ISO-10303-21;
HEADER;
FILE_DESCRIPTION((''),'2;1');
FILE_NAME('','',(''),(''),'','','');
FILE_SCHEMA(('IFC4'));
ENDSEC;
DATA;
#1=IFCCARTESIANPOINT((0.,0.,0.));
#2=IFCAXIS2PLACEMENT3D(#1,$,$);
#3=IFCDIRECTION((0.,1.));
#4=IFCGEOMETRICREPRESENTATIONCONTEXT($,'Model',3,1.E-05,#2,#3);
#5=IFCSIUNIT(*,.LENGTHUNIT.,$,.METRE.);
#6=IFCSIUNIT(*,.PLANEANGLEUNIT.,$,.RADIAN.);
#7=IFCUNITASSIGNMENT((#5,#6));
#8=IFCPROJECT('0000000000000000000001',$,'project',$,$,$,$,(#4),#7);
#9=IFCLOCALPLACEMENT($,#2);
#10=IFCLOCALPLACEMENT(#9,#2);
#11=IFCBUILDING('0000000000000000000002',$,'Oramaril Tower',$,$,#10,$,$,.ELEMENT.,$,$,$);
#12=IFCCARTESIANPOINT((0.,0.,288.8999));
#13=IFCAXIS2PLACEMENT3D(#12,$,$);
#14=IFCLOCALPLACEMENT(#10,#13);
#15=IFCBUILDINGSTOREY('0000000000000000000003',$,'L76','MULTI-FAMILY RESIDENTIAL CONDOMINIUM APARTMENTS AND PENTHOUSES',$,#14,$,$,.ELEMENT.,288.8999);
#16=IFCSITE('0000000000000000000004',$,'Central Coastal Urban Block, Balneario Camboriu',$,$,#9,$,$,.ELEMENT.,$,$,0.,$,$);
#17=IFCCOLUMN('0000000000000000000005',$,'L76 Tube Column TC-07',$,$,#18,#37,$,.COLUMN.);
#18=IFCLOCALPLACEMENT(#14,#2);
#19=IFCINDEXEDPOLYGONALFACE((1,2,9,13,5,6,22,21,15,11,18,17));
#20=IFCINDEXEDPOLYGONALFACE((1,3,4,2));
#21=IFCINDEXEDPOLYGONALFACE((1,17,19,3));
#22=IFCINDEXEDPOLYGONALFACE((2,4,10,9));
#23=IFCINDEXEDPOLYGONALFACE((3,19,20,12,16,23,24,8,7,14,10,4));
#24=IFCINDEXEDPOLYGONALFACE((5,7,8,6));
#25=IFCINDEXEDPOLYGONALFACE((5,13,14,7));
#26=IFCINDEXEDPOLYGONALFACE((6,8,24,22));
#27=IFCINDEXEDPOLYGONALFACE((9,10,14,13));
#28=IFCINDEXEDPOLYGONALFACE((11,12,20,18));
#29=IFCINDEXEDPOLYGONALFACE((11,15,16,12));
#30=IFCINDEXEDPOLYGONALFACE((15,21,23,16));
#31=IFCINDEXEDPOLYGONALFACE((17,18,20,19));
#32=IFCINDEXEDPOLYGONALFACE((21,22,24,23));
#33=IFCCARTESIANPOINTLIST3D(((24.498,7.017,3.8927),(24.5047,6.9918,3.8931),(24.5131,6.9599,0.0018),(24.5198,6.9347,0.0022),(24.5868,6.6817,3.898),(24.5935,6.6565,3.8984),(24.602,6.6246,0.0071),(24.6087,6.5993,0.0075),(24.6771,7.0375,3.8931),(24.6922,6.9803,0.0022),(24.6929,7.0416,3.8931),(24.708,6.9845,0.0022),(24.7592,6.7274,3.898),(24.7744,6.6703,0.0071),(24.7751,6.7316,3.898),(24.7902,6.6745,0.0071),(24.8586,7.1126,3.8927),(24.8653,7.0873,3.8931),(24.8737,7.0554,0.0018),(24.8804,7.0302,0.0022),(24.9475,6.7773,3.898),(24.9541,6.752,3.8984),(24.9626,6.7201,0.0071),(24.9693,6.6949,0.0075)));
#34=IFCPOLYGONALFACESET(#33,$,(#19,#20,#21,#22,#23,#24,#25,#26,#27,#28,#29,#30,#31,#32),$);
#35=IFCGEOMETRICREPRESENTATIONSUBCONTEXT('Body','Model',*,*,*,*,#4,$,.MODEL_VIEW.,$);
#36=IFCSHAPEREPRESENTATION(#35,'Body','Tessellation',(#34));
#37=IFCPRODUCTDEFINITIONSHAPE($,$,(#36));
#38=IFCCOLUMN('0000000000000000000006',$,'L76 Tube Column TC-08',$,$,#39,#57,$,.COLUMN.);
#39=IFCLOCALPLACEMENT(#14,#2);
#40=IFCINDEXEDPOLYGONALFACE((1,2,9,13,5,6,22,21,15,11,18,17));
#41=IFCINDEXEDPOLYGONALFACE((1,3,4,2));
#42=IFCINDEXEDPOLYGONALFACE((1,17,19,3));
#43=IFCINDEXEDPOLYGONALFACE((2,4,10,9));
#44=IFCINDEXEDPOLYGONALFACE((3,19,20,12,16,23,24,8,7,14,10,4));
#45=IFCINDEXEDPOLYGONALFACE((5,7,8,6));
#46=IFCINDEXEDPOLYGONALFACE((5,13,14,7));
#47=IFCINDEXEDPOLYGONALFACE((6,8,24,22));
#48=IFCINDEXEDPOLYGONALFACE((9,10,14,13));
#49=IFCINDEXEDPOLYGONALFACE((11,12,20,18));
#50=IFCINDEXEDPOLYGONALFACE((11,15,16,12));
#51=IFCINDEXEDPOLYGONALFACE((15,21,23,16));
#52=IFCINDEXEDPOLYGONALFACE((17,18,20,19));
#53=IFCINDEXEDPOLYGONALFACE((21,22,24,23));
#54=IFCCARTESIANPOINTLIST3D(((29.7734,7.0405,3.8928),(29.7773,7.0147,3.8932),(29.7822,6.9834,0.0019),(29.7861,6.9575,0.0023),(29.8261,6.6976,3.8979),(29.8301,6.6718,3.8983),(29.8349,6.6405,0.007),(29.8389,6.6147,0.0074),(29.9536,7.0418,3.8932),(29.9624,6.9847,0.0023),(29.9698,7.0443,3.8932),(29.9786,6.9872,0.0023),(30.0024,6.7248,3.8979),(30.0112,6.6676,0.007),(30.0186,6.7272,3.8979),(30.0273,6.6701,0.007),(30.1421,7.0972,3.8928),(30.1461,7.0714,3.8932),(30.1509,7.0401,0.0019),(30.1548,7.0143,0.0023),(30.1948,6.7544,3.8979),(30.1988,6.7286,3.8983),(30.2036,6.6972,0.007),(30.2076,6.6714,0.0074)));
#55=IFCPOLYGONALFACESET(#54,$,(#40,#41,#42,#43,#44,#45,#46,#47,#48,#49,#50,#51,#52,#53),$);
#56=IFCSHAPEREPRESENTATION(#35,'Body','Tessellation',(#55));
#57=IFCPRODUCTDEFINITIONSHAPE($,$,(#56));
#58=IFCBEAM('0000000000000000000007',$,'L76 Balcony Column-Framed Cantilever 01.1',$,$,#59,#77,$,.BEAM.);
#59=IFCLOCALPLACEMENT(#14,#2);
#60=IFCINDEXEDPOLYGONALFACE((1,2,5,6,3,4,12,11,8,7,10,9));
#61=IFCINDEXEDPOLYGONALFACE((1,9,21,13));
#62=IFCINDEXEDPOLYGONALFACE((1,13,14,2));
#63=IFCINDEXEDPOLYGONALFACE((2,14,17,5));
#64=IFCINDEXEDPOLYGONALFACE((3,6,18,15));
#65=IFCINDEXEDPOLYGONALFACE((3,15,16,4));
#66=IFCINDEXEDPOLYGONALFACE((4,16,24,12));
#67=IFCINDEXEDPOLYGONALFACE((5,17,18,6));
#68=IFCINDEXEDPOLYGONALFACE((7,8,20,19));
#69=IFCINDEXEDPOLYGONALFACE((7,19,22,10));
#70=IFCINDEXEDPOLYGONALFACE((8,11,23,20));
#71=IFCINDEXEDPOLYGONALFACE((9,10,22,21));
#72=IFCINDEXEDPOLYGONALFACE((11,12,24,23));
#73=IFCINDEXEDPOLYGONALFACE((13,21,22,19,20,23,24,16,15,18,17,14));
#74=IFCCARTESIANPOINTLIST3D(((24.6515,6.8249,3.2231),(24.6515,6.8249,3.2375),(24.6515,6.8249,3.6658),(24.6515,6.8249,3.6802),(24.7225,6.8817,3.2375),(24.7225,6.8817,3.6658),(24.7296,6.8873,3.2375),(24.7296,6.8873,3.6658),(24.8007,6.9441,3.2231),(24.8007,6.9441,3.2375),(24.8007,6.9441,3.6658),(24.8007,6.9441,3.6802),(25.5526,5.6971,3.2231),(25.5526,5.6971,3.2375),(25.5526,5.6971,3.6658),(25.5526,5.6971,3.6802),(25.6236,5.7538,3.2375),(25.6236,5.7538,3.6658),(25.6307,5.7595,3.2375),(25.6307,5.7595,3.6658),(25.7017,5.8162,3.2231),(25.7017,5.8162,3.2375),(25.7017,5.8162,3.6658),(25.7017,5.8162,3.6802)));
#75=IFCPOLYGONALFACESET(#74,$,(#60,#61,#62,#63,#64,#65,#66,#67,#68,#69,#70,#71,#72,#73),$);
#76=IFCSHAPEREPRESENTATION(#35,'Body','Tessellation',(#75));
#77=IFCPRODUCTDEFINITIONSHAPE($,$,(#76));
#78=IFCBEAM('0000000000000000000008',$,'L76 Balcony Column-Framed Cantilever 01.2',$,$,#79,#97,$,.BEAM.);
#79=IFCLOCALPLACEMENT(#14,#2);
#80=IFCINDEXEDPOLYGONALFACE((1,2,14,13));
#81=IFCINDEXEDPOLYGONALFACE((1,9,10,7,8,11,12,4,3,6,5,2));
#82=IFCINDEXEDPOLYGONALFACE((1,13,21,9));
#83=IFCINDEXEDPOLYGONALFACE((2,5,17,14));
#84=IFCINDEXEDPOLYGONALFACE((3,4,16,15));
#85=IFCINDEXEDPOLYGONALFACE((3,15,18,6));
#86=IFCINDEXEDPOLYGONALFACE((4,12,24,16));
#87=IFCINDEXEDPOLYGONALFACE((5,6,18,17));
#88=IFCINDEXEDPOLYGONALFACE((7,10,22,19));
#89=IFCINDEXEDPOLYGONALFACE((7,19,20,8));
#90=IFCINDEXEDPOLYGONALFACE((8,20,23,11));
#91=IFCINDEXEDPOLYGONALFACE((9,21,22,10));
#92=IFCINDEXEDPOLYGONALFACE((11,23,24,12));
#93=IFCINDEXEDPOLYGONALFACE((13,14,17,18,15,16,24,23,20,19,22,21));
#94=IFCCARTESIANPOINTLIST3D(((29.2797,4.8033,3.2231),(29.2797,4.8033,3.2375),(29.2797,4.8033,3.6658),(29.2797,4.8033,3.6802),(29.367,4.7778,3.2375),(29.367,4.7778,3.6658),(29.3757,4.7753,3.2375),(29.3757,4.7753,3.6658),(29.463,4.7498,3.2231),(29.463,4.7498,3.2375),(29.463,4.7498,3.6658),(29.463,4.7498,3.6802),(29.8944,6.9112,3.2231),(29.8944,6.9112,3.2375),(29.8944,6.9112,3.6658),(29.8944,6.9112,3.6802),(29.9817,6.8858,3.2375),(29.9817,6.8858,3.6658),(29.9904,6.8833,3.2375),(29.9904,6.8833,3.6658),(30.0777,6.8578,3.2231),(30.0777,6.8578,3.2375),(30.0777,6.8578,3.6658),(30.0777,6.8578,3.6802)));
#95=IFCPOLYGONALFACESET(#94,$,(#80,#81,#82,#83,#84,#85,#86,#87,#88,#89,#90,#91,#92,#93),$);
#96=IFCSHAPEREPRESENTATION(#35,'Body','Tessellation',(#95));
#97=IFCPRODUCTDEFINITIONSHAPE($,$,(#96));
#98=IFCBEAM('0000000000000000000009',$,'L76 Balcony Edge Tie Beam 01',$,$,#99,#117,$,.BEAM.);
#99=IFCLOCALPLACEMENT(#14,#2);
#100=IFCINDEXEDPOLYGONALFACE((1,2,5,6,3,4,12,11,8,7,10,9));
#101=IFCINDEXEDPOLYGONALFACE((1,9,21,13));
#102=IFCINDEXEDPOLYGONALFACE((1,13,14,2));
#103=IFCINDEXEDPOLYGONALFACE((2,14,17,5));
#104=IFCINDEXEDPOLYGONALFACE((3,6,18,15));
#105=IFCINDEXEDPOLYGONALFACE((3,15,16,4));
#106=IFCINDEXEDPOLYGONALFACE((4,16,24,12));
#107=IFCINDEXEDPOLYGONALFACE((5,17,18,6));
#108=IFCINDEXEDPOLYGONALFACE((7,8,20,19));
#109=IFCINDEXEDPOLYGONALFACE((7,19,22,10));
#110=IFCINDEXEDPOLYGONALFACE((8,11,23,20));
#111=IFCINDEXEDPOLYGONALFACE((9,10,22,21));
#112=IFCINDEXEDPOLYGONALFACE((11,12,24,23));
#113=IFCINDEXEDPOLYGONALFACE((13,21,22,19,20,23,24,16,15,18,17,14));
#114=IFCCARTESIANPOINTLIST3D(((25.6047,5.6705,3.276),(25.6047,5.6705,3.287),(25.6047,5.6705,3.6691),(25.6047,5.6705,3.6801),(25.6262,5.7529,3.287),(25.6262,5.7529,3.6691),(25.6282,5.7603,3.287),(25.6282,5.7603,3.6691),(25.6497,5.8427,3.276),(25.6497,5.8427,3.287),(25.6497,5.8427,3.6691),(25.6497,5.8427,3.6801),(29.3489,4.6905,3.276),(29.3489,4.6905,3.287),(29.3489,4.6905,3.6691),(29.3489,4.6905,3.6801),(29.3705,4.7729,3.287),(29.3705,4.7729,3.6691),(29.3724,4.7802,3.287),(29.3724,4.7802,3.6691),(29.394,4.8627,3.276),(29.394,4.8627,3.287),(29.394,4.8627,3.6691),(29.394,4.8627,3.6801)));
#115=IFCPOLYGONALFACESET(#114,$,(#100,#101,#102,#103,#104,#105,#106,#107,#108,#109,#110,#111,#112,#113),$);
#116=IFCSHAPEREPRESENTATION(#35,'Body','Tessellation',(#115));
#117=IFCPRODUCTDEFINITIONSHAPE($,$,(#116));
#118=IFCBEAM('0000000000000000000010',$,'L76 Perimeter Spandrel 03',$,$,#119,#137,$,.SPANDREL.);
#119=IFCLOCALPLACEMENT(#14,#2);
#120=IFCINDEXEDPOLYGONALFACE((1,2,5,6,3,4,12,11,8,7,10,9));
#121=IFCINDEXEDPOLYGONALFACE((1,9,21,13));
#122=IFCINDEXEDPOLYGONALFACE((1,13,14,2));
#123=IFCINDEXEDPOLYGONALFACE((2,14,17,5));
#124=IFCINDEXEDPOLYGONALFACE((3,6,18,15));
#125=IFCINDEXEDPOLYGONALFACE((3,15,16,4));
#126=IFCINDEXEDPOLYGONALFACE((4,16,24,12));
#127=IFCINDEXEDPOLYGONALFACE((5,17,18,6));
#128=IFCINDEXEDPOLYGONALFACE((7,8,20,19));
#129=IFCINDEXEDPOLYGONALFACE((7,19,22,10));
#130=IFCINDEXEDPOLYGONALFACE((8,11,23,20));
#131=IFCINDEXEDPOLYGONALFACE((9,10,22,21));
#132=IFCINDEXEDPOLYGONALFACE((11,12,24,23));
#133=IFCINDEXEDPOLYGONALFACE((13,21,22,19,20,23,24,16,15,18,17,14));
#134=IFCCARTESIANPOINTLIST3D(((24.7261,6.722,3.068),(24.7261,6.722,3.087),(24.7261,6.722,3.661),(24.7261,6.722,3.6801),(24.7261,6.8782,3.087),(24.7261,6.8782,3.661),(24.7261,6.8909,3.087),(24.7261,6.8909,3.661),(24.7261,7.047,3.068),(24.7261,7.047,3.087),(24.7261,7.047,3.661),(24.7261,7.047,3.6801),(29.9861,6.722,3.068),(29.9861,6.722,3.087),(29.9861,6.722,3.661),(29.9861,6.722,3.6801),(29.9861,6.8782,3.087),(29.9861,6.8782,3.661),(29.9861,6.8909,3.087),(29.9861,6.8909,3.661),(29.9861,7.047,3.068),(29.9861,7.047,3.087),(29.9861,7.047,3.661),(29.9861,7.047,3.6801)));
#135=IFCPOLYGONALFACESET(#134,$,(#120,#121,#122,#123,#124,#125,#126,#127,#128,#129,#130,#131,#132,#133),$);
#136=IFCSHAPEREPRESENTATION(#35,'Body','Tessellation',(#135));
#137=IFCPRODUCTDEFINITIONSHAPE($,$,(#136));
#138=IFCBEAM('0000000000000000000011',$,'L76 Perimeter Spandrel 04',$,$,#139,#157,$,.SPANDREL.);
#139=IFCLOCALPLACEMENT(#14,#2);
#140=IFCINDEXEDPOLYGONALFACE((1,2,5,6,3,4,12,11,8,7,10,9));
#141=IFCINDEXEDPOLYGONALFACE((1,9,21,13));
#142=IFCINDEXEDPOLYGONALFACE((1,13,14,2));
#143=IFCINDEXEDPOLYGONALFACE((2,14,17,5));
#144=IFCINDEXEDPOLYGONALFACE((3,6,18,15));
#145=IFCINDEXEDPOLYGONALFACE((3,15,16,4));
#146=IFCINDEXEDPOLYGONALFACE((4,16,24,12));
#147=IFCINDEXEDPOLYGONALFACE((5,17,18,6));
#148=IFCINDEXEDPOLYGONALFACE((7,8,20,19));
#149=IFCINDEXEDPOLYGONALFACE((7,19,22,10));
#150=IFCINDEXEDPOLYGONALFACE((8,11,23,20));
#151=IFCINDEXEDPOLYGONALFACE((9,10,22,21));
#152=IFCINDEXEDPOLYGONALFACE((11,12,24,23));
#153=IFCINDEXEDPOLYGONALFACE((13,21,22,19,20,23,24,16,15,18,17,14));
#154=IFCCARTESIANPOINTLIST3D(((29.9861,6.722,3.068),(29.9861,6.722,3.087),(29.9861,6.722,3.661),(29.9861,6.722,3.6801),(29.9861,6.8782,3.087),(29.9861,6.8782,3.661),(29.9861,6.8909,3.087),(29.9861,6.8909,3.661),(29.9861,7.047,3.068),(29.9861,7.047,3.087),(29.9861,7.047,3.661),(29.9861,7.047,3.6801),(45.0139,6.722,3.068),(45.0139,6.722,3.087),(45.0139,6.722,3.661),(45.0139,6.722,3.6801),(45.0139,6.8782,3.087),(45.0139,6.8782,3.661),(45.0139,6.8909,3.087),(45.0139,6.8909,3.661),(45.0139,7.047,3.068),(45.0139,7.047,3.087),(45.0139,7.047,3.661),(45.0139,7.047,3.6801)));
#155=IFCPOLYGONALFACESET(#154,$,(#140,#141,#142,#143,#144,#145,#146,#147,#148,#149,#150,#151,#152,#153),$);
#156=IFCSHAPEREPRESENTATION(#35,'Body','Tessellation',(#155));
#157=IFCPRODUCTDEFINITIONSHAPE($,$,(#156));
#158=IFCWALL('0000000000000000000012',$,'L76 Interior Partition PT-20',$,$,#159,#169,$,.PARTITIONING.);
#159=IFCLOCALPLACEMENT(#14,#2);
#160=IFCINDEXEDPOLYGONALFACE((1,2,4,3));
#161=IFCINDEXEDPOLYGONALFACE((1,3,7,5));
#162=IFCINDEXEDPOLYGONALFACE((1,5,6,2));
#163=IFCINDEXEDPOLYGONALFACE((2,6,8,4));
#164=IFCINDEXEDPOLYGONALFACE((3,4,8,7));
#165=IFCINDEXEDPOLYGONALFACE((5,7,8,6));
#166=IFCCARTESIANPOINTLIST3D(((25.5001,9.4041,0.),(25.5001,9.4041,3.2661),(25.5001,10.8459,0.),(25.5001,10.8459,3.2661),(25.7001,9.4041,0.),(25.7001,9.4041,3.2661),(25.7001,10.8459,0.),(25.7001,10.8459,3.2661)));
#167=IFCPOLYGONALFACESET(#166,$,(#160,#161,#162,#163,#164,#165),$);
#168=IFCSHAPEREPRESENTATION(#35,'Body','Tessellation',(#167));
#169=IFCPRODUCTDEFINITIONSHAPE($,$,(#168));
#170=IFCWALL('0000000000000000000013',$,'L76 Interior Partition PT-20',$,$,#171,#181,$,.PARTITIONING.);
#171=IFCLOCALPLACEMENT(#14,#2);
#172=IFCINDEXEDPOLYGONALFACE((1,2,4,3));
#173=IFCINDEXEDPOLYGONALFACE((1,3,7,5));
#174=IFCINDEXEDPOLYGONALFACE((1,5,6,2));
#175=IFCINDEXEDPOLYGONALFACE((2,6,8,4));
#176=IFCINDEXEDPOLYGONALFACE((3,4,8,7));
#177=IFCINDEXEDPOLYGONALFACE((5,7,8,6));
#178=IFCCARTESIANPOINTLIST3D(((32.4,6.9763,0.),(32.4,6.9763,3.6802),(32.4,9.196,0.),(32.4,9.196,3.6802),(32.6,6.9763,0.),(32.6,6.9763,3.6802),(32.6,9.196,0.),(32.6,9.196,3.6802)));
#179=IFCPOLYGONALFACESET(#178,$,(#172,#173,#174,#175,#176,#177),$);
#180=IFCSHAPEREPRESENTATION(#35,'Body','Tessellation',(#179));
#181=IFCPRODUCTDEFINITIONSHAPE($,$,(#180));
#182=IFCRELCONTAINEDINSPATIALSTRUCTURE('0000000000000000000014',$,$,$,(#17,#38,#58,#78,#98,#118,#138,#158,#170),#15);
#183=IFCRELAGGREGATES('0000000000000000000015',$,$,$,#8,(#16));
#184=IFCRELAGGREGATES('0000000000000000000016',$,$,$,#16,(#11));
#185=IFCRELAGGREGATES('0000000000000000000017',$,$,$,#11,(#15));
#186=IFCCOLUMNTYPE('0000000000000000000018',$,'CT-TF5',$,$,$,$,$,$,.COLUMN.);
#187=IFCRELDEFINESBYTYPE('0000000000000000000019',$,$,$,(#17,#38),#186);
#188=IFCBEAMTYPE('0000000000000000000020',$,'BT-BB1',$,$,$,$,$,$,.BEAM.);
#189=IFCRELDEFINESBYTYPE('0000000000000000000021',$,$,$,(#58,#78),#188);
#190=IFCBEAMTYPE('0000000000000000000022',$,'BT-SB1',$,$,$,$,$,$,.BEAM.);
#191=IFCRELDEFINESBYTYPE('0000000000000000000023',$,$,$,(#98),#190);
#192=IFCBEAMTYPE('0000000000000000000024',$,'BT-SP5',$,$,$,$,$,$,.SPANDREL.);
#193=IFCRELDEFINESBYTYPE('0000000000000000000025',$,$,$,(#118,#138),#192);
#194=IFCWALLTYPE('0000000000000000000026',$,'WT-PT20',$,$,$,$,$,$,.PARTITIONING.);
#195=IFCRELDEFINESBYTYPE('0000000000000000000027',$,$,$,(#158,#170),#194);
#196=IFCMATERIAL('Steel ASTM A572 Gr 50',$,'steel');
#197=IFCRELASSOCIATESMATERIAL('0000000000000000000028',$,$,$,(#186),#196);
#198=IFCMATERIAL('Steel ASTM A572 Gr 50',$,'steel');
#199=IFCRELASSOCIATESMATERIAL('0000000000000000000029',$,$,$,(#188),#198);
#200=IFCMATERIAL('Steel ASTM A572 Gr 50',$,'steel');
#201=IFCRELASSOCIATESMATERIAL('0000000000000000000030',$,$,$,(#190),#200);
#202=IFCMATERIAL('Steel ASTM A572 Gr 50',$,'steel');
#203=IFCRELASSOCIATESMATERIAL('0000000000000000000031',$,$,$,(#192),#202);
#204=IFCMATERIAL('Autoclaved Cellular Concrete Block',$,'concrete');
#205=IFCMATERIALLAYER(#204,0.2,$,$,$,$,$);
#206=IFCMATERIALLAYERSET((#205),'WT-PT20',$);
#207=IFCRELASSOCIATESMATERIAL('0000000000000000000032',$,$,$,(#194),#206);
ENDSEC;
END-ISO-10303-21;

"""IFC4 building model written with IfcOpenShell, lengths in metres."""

from ifc_helpers import new_model, si_unit, direction, frame, frame_2d, origin, origin_2d, place, context, subcontext, project, spatial, rectangle, i_section, extrude, material, layer, layer_set, material_profile, profile_set, type_object, element, save


model = new_model("IFC4")

# Units and contexts
model_context = context("Model", 3, precision=1e-05, world=origin(), true_north=direction((0.0, 1.0)))
body_context = subcontext(model_context, "Body", "Model", "MODEL_VIEW")
ifc_project = project(units=[si_unit("LENGTHUNIT", "METRE"), si_unit("PLANEANGLEUNIT", "RADIAN")], contexts=[model_context])

# Site, building, storey
site_placement = place(None, origin())
site = spatial("IfcSite", under=ifc_project, at=site_placement, Name="Central Coastal Urban Block, Balneario Camboriu", CompositionType="ELEMENT", RefElevation=0.0)
building_placement = place(site_placement, origin())
building = spatial("IfcBuilding", under=site, at=building_placement, Name="Oramaril Tower", CompositionType="ELEMENT")
storey_placement = place(building_placement, frame((0.0, 0.0, 288.8999)))
storey = spatial("IfcBuildingStorey", under=building, at=storey_placement, Name="L76", Description="MULTI-FAMILY RESIDENTIAL CONDOMINIUM APARTMENTS AND PENTHOUSES", CompositionType="ELEMENT", Elevation=288.8999)

# Columns
ifc_material_1 = material(Name="Steel ASTM A572 Gr 50", Category="steel")
ifc_material_profile_1 = material_profile(ifc_material_1, i_section(OverallWidth=0.373, OverallDepth=0.373, WebThickness=0.0164, FlangeThickness=0.0261, at=origin_2d()), Name="W14X132")
ifc_profile_set_1 = profile_set([ifc_material_profile_1], Name="Steel ASTM A572 Gr 50")
column_type = type_object("IfcColumnType", Name="CT-TF5", PredefinedType="COLUMN", material=ifc_profile_set_1)
for number, where, z_axis, x_axis, name in (
    (1, (24.7412, 6.8274, 0.0046), (-0.00389, 0.014681, 0.999885), (-0.966645, -0.25612, 0.0), "L76 Tube Column TC-07"),
    (2, (29.9949, 6.8274, 0.0046), (-0.002259, 0.014681, 0.99989), (-0.988372, -0.152057, 0.0), "L76 Tube Column TC-08"),
):
    element("IfcColumn", number, at=place(storey_placement, frame(where, z_axis=z_axis, x_axis=x_axis)), inside=storey, type_object=column_type, Name=name, PredefinedType="COLUMN", context=body_context, shape_type="SweptSolid", body=[
        extrude(i_section(OverallWidth=0.373, OverallDepth=0.373, WebThickness=0.0164, FlangeThickness=0.0261, at=origin_2d()), origin(), (0.0, 0.0, 1.0), 3.8914),
    ])

# Beams
ifc_material_2 = material(Name="Steel ASTM A572 Gr 50", Category="steel")
ifc_material_profile_2 = material_profile(ifc_material_2, i_section(OverallWidth=0.1909, OverallDepth=0.457, WebThickness=0.009, FlangeThickness=0.0144, at=origin_2d()), Name="W18X50")
ifc_profile_set_2 = profile_set([ifc_material_profile_2], Name="Steel ASTM A572 Gr 50")
beam_type_1 = type_object("IfcBeamType", Name="BT-BB1", PredefinedType="BEAM", material=ifc_profile_set_2)
beam_1_placement = place(storey_placement, frame((24.7261, 6.8845, 3.4517), z_axis=(0.624179, -0.781281, 0.0), x_axis=(0.781281, 0.624179, 0.0)))
element("IfcBeam", 3, at=beam_1_placement, inside=storey, type_object=beam_type_1, Name="L76 Balcony Column-Framed Cantilever 01.1", PredefinedType="BEAM", context=body_context, shape_type="SweptSolid", body=[
    extrude(i_section(OverallWidth=0.1909, OverallDepth=0.457, WebThickness=0.009, FlangeThickness=0.0144, at=origin_2d()), origin(), (0.0, 0.0, 1.0), 1.4436),
])
beam_2_placement = place(storey_placement, frame((29.9861, 6.8845, 3.4517), z_axis=(-0.279974, -0.960007, 0.0), x_axis=(0.960007, -0.279974, 0.0)))
element("IfcBeam", 4, at=beam_2_placement, inside=storey, type_object=beam_type_1, Name="L76 Balcony Column-Framed Cantilever 01.2", PredefinedType="BEAM", context=body_context, shape_type="SweptSolid", body=[
    extrude(i_section(OverallWidth=0.1909, OverallDepth=0.457, WebThickness=0.009, FlangeThickness=0.0144, at=origin_2d()), origin(), (0.0, 0.0, 1.0), 2.1958),
])
ifc_material_3 = material(Name="Steel ASTM A572 Gr 50", Category="steel")
ifc_material_profile_3 = material_profile(ifc_material_3, i_section(OverallWidth=0.178, OverallDepth=0.4041, WebThickness=0.0076, FlangeThickness=0.011, at=origin_2d()), Name="W16X36")
ifc_profile_set_3 = profile_set([ifc_material_profile_3], Name="Steel ASTM A572 Gr 50")
beam_type_2 = type_object("IfcBeamType", Name="BT-SB1", PredefinedType="BEAM", material=ifc_profile_set_3)
beam_3_placement = place(storey_placement, frame((25.6272, 5.7566, 3.478), z_axis=(0.967412, -0.253208, 0.0), x_axis=(0.253208, 0.967412, 0.0)))
element("IfcBeam", 5, at=beam_3_placement, inside=storey, type_object=beam_type_2, Name="L76 Balcony Edge Tie Beam 01", PredefinedType="BEAM", context=body_context, shape_type="SweptSolid", body=[
    extrude(i_section(OverallWidth=0.178, OverallDepth=0.4041, WebThickness=0.0076, FlangeThickness=0.011, at=origin_2d()), origin(), (0.0, 0.0, 1.0), 3.8704),
])
ifc_material_4 = material(Name="Steel ASTM A572 Gr 50", Category="steel")
ifc_material_profile_4 = material_profile(ifc_material_4, i_section(OverallWidth=0.325, OverallDepth=0.6121, WebThickness=0.0127, FlangeThickness=0.019, at=origin_2d()), Name="W24X104")
ifc_profile_set_4 = profile_set([ifc_material_profile_4], Name="Steel ASTM A572 Gr 50")
beam_type_3 = type_object("IfcBeamType", Name="BT-SP5", PredefinedType="SPANDREL", material=ifc_profile_set_4)
beam_4_placement = place(storey_placement, frame((24.7261, 6.8845, 3.374), z_axis=(1.0, 0.0, 0.0), x_axis=(0.0, 1.0, 0.0)))
element("IfcBeam", 6, at=beam_4_placement, inside=storey, type_object=beam_type_3, Name="L76 Perimeter Spandrel 03", PredefinedType="SPANDREL", context=body_context, shape_type="SweptSolid", body=[
    extrude(i_section(OverallWidth=0.325, OverallDepth=0.6121, WebThickness=0.0127, FlangeThickness=0.019, at=origin_2d()), origin(), (0.0, 0.0, 1.0), 5.26),
])
beam_5_placement = place(storey_placement, frame((29.9861, 6.8845, 3.374), z_axis=(1.0, 0.0, 0.0), x_axis=(0.0, 1.0, 0.0)))
element("IfcBeam", 7, at=beam_5_placement, inside=storey, type_object=beam_type_3, Name="L76 Perimeter Spandrel 04", PredefinedType="SPANDREL", context=body_context, shape_type="SweptSolid", body=[
    extrude(i_section(OverallWidth=0.325, OverallDepth=0.6121, WebThickness=0.0127, FlangeThickness=0.019, at=origin_2d()), origin(), (0.0, 0.0, 1.0), 15.0278),
])

# Shared definitions
ifc_material_5 = material(Name="Autoclaved Cellular Concrete Block", Category="concrete")
ifc_layer_1 = layer(ifc_material_5, 0.2)
ifc_layer_set_1 = layer_set([ifc_layer_1], Name="WT-PT20")
wall_type = type_object("IfcWallType", Name="WT-PT20", PredefinedType="PARTITIONING", material=ifc_layer_set_1)

# Walls
wall_1_placement = place(storey_placement, frame((25.6001, 9.4041, 0.0), z_axis=(0.0, 0.0, 1.0), x_axis=(0.0, 1.0, 0.0)))
element("IfcWall", 8, at=wall_1_placement, inside=storey, type_object=wall_type, Name="L76 Interior Partition PT-20", PredefinedType="PARTITIONING", context=body_context, shape_type="SweptSolid", body=[
    extrude(rectangle(XDim=1.4419, YDim=0.2, at=frame_2d((0.7209, 0.0))), origin(), (0.0, 0.0, 1.0), 3.2661),
])
wall_2_placement = place(storey_placement, frame((32.5, 6.9763, 0.0), z_axis=(0.0, 0.0, 1.0), x_axis=(0.0, 1.0, 0.0)))
element("IfcWall", 9, at=wall_2_placement, inside=storey, type_object=wall_type, Name="L76 Interior Partition PT-20", PredefinedType="PARTITIONING", context=body_context, shape_type="SweptSolid", body=[
    extrude(rectangle(XDim=2.2197, YDim=0.2, at=frame_2d((1.1099, 0.0))), origin(), (0.0, 0.0, 1.0), 3.6802),
])

save(model, "model.ifc")
